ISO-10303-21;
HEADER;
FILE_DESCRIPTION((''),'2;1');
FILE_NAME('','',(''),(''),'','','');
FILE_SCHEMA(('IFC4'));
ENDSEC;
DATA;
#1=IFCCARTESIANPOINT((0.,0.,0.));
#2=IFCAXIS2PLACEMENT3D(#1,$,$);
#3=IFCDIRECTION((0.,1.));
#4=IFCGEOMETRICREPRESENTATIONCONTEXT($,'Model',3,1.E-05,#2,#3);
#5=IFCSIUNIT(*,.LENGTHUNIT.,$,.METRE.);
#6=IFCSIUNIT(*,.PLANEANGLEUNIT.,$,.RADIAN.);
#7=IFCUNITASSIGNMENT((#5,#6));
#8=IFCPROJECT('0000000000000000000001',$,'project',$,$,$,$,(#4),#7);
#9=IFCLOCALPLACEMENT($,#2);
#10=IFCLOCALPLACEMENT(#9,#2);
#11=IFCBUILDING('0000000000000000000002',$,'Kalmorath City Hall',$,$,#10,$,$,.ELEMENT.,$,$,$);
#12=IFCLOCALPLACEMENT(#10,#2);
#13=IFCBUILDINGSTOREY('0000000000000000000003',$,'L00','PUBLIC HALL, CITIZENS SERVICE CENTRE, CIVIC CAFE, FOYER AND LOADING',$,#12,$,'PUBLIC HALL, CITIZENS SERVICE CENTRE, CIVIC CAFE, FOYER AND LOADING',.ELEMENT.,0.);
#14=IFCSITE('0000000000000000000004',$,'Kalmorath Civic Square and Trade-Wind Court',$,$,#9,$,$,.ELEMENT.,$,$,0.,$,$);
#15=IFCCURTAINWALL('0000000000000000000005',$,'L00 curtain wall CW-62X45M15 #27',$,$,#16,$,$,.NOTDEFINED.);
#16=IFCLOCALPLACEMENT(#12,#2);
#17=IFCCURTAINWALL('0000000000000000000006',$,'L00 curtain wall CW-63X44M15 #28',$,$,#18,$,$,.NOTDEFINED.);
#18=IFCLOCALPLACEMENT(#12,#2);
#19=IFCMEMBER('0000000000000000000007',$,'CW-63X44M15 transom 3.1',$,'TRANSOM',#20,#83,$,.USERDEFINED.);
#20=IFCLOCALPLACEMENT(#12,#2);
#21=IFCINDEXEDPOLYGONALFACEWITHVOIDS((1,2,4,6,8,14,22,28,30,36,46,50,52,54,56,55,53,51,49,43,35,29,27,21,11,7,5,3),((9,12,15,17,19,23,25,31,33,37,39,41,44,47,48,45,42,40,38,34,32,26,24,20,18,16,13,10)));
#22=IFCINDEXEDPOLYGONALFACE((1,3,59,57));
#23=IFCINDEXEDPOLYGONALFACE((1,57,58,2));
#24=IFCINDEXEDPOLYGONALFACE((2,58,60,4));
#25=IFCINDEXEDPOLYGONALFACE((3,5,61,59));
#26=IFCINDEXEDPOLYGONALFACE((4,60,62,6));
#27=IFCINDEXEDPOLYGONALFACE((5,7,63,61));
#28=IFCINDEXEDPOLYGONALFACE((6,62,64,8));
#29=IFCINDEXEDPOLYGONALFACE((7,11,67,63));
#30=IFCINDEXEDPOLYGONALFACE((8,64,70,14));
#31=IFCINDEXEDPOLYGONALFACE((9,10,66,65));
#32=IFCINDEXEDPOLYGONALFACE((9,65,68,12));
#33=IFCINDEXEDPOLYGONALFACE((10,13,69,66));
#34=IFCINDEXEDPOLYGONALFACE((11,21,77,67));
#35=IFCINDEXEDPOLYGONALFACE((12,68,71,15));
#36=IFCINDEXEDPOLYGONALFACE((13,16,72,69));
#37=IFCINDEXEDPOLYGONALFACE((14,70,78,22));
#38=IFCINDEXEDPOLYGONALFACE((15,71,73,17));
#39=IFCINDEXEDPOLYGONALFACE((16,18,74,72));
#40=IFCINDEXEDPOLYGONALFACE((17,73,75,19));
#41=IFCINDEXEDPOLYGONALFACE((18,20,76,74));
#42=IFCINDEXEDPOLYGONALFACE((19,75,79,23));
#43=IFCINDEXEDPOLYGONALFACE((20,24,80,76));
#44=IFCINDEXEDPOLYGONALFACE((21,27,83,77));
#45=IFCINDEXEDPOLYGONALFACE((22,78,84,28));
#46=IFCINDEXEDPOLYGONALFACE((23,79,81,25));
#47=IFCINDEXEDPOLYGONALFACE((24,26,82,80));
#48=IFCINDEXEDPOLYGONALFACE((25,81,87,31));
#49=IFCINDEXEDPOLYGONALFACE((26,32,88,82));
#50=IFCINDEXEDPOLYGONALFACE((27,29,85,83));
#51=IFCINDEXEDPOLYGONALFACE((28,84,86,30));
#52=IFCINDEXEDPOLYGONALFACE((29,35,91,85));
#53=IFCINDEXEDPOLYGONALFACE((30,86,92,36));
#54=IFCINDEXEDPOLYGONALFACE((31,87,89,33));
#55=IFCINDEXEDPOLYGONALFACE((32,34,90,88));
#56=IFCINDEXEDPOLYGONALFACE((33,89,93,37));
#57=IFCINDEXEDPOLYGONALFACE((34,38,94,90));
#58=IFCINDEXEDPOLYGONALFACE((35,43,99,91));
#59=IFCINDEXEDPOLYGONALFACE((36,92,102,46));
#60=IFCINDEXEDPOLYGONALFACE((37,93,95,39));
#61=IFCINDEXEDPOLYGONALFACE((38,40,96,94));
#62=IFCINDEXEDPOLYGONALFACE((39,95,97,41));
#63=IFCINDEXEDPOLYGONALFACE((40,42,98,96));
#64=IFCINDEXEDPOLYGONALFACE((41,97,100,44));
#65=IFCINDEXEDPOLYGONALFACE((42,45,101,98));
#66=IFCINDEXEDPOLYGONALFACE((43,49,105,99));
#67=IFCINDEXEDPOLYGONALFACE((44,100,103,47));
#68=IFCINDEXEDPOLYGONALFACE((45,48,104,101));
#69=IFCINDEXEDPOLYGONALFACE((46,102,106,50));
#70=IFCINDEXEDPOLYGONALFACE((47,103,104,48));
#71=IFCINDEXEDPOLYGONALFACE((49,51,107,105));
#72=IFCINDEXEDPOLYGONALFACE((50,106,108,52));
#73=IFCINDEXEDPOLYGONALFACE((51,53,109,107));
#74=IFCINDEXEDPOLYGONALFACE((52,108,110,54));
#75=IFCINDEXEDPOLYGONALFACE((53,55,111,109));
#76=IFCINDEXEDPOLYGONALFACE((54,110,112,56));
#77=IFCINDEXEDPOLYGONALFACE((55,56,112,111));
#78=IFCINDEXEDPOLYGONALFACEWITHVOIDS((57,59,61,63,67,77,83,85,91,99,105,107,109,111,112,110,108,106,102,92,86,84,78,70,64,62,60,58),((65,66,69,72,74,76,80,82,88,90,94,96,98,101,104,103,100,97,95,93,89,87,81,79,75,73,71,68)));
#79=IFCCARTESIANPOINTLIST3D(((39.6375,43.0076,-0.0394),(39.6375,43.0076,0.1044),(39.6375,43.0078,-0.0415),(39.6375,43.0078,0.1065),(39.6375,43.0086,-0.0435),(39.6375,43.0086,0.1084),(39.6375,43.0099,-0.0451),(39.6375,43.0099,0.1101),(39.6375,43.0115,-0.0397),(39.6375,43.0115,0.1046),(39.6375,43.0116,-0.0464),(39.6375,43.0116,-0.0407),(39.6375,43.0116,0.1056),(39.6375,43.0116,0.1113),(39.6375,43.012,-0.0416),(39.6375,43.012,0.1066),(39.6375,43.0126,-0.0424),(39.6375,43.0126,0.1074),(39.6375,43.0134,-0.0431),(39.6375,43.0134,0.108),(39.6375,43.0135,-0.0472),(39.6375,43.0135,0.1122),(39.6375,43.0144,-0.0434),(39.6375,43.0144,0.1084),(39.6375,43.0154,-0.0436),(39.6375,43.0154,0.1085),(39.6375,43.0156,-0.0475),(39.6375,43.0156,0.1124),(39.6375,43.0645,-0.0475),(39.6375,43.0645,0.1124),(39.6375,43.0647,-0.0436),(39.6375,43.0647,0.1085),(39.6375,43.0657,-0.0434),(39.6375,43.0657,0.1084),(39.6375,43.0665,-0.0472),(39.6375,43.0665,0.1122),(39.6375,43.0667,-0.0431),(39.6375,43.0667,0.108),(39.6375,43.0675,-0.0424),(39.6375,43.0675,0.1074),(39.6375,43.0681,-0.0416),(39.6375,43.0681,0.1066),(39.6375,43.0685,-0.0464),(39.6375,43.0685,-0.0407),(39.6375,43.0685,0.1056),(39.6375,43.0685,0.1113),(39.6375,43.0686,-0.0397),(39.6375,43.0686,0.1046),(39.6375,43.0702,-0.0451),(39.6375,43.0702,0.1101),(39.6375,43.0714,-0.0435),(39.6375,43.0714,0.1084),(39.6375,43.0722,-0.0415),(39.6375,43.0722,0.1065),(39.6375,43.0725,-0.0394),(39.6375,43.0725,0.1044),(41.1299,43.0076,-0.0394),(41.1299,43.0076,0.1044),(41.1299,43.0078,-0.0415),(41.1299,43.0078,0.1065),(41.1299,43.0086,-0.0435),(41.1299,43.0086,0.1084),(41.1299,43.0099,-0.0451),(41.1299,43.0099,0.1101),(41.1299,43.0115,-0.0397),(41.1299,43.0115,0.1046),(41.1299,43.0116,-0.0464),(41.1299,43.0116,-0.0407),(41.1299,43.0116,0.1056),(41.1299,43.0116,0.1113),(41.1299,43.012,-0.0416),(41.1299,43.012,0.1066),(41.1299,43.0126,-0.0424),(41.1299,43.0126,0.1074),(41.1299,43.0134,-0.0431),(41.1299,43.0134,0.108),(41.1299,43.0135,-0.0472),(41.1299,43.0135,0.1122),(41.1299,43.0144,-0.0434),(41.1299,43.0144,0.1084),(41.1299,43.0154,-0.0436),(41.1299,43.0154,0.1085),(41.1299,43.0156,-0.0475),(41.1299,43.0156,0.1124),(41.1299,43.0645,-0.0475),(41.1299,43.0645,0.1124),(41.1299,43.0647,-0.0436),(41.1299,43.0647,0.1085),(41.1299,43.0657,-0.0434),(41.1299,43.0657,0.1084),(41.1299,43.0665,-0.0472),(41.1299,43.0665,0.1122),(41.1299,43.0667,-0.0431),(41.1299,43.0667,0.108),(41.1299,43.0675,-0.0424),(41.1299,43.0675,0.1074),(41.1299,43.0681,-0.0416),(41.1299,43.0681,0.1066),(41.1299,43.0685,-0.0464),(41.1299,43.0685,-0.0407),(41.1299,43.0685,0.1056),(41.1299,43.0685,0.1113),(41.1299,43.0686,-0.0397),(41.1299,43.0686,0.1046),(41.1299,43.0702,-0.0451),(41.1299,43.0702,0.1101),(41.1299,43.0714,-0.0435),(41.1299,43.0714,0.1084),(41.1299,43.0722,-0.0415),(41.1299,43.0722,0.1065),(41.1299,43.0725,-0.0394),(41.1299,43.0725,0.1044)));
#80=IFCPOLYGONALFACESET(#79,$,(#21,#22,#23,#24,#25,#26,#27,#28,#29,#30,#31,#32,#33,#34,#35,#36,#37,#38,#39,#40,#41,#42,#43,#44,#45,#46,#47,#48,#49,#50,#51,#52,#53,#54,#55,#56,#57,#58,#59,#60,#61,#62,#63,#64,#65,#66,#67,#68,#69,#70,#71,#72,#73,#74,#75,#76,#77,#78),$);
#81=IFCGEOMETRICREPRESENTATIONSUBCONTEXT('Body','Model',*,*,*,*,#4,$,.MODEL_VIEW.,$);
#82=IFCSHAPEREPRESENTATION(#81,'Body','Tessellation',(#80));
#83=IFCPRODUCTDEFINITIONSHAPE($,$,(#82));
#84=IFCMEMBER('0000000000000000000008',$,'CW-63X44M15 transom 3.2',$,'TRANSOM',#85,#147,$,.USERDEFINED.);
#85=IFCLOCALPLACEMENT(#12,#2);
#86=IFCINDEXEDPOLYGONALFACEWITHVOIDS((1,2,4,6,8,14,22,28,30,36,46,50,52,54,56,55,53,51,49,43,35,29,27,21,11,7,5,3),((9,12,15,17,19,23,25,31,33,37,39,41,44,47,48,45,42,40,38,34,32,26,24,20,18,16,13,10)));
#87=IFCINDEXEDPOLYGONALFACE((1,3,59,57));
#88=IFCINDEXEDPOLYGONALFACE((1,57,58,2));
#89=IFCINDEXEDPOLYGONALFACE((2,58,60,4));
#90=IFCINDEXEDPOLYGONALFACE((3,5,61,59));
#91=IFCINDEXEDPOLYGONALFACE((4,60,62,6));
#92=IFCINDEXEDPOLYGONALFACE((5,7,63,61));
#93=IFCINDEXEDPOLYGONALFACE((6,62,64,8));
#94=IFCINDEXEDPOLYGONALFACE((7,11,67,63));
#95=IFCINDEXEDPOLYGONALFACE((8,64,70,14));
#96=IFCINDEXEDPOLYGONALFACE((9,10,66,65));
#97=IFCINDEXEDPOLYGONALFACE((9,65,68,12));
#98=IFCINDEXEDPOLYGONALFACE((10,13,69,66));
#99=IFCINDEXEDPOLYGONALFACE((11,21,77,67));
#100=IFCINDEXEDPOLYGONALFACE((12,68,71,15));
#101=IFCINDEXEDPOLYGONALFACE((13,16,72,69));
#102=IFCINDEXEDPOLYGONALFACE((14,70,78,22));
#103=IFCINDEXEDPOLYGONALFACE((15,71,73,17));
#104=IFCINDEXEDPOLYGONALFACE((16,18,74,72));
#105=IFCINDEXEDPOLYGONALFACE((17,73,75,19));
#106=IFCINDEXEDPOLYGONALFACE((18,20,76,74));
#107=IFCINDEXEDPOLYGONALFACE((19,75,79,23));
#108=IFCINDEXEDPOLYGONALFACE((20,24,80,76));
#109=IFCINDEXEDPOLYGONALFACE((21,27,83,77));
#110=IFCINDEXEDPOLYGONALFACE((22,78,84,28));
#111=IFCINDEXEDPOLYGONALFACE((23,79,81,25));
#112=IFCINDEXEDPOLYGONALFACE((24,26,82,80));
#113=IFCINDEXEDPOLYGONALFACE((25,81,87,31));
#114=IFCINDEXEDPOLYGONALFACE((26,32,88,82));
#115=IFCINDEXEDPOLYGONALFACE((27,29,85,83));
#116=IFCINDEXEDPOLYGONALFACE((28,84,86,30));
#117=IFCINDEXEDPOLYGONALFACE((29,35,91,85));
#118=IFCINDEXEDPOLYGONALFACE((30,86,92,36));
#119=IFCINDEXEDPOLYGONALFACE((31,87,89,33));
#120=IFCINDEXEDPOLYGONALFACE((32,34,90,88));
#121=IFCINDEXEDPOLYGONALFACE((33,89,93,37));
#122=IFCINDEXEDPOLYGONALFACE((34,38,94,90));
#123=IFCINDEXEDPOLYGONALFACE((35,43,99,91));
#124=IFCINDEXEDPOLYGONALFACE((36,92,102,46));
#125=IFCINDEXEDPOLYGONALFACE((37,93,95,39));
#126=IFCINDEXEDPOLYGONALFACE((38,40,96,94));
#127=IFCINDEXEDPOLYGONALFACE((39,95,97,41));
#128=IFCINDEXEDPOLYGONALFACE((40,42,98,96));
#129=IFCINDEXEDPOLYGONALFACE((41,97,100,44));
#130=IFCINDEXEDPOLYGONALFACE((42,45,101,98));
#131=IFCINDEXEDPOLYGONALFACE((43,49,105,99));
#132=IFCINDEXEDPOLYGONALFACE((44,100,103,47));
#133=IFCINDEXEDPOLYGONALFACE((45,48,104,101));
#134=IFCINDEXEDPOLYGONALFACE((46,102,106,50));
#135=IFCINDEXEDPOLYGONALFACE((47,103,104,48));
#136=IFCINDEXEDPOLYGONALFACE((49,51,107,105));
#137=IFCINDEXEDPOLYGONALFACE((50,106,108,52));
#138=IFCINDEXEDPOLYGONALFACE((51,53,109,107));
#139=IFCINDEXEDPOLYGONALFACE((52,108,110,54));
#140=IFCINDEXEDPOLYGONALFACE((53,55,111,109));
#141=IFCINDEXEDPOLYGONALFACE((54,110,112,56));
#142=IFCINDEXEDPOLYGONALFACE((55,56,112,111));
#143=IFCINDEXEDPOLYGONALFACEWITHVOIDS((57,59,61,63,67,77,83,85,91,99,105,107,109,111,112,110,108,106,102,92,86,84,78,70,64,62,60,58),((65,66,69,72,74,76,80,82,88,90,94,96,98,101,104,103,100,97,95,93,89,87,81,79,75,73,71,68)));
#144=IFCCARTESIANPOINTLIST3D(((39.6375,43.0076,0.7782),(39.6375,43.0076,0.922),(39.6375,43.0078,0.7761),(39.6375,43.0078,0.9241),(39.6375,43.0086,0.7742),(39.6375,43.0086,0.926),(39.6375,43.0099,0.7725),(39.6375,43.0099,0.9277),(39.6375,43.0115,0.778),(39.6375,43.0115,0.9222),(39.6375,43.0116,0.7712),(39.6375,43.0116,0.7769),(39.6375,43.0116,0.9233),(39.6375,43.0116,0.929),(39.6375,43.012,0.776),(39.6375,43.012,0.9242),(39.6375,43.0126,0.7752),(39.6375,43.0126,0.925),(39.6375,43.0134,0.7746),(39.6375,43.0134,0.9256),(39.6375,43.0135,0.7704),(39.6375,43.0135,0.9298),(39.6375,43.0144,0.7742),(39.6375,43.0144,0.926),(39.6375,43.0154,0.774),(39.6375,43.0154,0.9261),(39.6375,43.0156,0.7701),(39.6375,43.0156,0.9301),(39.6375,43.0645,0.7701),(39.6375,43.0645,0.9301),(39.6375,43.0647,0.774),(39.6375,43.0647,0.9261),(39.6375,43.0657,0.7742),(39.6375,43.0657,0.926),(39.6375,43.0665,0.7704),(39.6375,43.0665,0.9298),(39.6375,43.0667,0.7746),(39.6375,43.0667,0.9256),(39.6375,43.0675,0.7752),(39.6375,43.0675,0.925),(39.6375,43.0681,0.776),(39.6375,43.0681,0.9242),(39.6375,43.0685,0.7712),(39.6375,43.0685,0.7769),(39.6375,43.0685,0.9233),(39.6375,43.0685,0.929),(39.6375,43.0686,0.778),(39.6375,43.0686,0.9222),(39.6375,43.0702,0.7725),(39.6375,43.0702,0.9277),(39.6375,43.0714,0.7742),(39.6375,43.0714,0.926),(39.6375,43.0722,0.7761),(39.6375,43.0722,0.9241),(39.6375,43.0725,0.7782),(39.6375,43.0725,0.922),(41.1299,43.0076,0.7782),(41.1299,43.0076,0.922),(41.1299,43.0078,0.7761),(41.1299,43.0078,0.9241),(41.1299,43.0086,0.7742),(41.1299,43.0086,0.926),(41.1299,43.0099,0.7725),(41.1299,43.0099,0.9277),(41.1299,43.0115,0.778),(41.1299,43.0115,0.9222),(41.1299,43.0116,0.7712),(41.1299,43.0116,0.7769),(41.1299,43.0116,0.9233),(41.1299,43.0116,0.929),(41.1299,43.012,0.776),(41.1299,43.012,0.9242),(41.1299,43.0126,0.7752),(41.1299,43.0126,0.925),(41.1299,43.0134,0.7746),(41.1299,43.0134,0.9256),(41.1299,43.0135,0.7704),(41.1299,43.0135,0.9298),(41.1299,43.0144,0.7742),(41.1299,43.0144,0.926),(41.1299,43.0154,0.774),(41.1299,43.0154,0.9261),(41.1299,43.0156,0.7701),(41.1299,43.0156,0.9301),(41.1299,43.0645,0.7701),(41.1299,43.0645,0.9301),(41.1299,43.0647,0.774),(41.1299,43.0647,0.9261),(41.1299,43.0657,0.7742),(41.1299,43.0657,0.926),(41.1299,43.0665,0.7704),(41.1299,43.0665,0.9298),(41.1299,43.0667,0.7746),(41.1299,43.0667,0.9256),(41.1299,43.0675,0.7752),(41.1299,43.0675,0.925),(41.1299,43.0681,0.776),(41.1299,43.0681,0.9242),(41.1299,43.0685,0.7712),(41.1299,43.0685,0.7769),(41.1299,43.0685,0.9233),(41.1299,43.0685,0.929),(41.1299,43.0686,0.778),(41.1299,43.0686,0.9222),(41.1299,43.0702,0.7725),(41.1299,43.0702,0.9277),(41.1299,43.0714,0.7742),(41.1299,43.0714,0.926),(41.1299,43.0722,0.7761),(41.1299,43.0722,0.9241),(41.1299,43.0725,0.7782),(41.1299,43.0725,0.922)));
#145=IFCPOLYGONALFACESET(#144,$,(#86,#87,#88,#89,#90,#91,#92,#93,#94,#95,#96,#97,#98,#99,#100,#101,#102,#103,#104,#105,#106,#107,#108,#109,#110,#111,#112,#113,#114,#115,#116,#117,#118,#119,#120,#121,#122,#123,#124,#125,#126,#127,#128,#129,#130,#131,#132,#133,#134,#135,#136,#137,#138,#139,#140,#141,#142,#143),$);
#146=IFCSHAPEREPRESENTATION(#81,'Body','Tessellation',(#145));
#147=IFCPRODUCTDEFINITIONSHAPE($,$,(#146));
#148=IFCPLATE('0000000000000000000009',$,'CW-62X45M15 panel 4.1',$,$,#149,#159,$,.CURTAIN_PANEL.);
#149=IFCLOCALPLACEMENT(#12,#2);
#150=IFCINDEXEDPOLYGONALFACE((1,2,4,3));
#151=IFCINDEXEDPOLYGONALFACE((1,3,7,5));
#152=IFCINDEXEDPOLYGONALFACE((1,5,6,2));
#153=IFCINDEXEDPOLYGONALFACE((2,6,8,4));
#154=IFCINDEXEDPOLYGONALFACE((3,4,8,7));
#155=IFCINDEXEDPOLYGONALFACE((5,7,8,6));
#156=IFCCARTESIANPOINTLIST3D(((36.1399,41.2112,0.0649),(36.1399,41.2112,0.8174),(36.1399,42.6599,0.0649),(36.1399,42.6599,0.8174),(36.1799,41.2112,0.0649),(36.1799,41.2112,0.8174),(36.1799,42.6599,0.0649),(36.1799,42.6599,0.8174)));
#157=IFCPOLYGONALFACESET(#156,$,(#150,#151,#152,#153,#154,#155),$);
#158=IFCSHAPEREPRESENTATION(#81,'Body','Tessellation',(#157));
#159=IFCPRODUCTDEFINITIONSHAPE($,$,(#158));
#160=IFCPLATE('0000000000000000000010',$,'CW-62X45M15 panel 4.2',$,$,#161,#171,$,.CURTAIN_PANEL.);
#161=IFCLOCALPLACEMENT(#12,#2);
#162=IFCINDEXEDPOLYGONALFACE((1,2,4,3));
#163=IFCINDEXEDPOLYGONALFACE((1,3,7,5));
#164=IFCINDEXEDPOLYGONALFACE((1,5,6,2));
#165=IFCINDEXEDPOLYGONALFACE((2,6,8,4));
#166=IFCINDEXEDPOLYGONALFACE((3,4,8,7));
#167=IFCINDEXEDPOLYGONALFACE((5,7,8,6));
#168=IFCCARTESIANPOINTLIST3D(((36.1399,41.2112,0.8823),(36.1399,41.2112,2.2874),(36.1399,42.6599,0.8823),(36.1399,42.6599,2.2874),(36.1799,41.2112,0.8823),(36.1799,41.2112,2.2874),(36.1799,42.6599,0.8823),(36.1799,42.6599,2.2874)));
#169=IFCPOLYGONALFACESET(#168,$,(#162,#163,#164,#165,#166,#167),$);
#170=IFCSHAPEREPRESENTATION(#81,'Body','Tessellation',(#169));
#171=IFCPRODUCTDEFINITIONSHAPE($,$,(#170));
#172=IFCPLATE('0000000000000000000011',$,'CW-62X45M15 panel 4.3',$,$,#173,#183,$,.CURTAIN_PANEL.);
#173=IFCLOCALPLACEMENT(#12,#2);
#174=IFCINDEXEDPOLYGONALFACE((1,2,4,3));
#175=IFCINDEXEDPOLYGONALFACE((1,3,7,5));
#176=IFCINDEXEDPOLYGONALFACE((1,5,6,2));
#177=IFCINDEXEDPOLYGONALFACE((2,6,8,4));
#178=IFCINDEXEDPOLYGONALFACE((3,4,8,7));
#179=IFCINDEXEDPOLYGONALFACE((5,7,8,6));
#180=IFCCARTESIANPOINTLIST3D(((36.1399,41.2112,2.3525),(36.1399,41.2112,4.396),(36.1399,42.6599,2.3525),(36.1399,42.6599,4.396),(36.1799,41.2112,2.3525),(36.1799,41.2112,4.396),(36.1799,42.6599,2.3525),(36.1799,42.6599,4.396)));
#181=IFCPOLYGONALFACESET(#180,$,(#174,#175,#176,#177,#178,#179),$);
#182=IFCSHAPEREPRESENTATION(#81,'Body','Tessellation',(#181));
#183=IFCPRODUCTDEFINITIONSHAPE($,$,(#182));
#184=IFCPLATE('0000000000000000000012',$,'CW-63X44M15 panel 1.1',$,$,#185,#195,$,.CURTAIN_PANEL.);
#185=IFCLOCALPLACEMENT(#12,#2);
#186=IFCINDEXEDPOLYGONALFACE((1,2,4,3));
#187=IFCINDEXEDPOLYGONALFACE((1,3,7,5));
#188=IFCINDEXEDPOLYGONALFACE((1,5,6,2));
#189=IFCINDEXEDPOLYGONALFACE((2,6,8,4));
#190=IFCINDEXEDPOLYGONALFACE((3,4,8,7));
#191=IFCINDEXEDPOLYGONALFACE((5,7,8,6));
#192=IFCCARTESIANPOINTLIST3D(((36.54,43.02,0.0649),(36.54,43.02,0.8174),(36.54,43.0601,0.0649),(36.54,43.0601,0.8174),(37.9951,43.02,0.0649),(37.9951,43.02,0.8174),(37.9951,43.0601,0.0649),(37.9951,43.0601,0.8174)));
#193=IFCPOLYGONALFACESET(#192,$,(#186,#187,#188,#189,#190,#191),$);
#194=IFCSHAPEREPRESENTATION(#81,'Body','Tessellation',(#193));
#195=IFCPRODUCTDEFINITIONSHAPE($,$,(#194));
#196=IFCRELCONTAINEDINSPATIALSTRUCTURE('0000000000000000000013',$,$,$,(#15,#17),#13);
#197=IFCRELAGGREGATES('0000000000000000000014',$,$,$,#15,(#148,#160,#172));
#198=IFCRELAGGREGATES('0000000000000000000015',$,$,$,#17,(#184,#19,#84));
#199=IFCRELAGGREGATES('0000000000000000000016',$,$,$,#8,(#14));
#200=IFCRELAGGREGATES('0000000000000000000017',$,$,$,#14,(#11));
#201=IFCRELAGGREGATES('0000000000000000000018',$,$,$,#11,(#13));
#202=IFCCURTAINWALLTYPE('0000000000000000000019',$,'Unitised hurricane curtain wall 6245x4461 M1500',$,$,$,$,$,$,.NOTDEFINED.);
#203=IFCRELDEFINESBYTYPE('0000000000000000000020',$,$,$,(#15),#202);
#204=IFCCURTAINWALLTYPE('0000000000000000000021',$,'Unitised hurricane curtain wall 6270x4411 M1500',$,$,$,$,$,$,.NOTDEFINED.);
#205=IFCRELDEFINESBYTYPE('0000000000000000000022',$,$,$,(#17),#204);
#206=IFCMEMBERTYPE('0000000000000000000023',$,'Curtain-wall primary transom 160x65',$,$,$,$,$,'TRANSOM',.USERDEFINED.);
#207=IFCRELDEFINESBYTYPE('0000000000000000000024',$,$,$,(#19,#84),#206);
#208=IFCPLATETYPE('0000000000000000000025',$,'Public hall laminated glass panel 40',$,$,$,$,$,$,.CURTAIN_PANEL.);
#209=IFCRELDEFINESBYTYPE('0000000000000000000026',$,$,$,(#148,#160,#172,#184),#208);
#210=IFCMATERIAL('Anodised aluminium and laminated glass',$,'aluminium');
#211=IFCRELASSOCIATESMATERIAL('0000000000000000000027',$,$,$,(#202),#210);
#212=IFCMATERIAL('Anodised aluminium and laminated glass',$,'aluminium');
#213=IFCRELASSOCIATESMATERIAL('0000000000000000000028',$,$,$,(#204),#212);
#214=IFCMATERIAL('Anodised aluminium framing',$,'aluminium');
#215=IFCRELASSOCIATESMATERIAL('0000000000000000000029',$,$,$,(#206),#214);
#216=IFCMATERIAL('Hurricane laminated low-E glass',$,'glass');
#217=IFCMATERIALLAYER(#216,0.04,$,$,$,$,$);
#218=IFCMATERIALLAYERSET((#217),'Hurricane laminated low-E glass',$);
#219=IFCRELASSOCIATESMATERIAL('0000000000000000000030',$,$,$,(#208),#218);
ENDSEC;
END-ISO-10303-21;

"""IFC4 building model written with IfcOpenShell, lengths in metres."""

from ifc_helpers import new_model, si_unit, direction, frame, origin, origin_2d, place, context, subcontext, project, spatial, rectangle, hollow_rectangle, extrude, material, layer, layer_set, material_profile, profile_set, type_object, element, aggregate, save


model = new_model("IFC4")

# Units and contexts
model_context = context("Model", 3, precision=1e-05, world=origin(), true_north=direction((0.0, 1.0)))
body_context = subcontext(model_context, "Body", "Model", "MODEL_VIEW")
ifc_project = project(units=[si_unit("LENGTHUNIT", "METRE"), si_unit("PLANEANGLEUNIT", "RADIAN")], contexts=[model_context])

# Site, building, storey
site_placement = place(None, origin())
site = spatial("IfcSite", under=ifc_project, at=site_placement, Name="Kalmorath Civic Square and Trade-Wind Court", CompositionType="ELEMENT", RefElevation=0.0)
building_placement = place(site_placement, origin())
building = spatial("IfcBuilding", under=site, at=building_placement, Name="Kalmorath City Hall", CompositionType="ELEMENT")
storey_placement = place(building_placement, origin())
storey = spatial("IfcBuildingStorey", under=building, at=storey_placement, Name="L00", Description="PUBLIC HALL, CITIZENS SERVICE CENTRE, CIVIC CAFE, FOYER AND LOADING", LongName="PUBLIC HALL, CITIZENS SERVICE CENTRE, CIVIC CAFE, FOYER AND LOADING", CompositionType="ELEMENT", Elevation=0.0)

# Curtain wall
ifc_material_1 = material(Name="Anodised aluminium and laminated glass", Category="aluminium")
curtain_wall_type_1 = type_object("IfcCurtainWallType", Name="Unitised hurricane curtain wall 6245x4461 M1500", PredefinedType="NOTDEFINED", material=ifc_material_1)
curtain_wall_1_placement = place(storey_placement, origin())
curtain_wall_1 = element("IfcCurtainWall", 1, at=curtain_wall_1_placement, inside=storey, type_object=curtain_wall_type_1, Name="L00 curtain wall CW-62X45M15 #27", PredefinedType="NOTDEFINED")

# Curtain wall
ifc_material_2 = material(Name="Anodised aluminium and laminated glass", Category="aluminium")
curtain_wall_type_2 = type_object("IfcCurtainWallType", Name="Unitised hurricane curtain wall 6270x4411 M1500", PredefinedType="NOTDEFINED", material=ifc_material_2)
curtain_wall_2_placement = place(storey_placement, origin())
curtain_wall_2 = element("IfcCurtainWall", 2, at=curtain_wall_2_placement, inside=storey, type_object=curtain_wall_type_2, Name="L00 curtain wall CW-63X44M15 #28", PredefinedType="NOTDEFINED")

# Members
ifc_material_3 = material(Name="Anodised aluminium framing", Category="aluminium")
ifc_material_profile_1 = material_profile(ifc_material_3, hollow_rectangle(XDim=0.0649, YDim=0.1599, WallThickness=0.0039, InnerFilletRadius=0.0039, OuterFilletRadius=0.0081, at=origin_2d()), Name="ALU-TRN-160X65X4")
ifc_profile_set_1 = profile_set([ifc_material_profile_1], Name="Anodised aluminium framing")
member_type_1 = type_object("IfcMemberType", Name="Curtain-wall primary transom 160x65", ElementType="TRANSOM", PredefinedType="USERDEFINED", material=ifc_profile_set_1)
member_1_placement = place(storey_placement, frame((39.6375, 43.04, 0.0325), z_axis=(1.0, 0.0, 0.0), x_axis=(0.0, 1.0, 0.0)))
member_1 = element("IfcMember", 3, at=member_1_placement, type_object=member_type_1, Name="CW-63X44M15 transom 3.1", ObjectType="TRANSOM", PredefinedType="USERDEFINED", context=body_context, shape_type="SweptSolid", body=[
    extrude(hollow_rectangle(XDim=0.0649, YDim=0.1599, WallThickness=0.0039, InnerFilletRadius=0.0039, OuterFilletRadius=0.0081, at=origin_2d()), origin(), (0.0, 0.0, 1.0), 1.4924),
])
member_2_placement = place(storey_placement, frame((39.6375, 43.04, 0.8501), z_axis=(1.0, 0.0, 0.0), x_axis=(0.0, 1.0, 0.0)))
member_2 = element("IfcMember", 4, at=member_2_placement, type_object=member_type_1, Name="CW-63X44M15 transom 3.2", ObjectType="TRANSOM", PredefinedType="USERDEFINED", context=body_context, shape_type="SweptSolid", body=[
    extrude(hollow_rectangle(XDim=0.0649, YDim=0.1599, WallThickness=0.0039, InnerFilletRadius=0.0039, OuterFilletRadius=0.0081, at=origin_2d()), origin(), (0.0, 0.0, 1.0), 1.4924),
])

# Plates
ifc_material_4 = material(Name="Hurricane laminated low-E glass", Category="glass")
ifc_layer = layer(ifc_material_4, 0.04)
ifc_layer_set = layer_set([ifc_layer], Name="Hurricane laminated low-E glass")
plate_type = type_object("IfcPlateType", Name="Public hall laminated glass panel 40", PredefinedType="CURTAIN_PANEL", material=ifc_layer_set)
plate_1_placement = place(storey_placement, frame((36.1599, 41.9355, 0.0649), z_axis=(0.0, 0.0, 1.0), x_axis=(0.0, 1.0, 0.0)))
plate_1 = element("IfcPlate", 5, at=plate_1_placement, type_object=plate_type, Name="CW-62X45M15 panel 4.1", PredefinedType="CURTAIN_PANEL", context=body_context, shape_type="SweptSolid", body=[
    extrude(rectangle(XDim=1.4487, YDim=0.04, at=origin_2d()), origin(), (0.0, 0.0, 1.0), 0.7524),
])
plate_2_placement = place(storey_placement, frame((36.1599, 41.9355, 0.8823), z_axis=(0.0, 0.0, 1.0), x_axis=(0.0, 1.0, 0.0)))
plate_2 = element("IfcPlate", 6, at=plate_2_placement, type_object=plate_type, Name="CW-62X45M15 panel 4.2", PredefinedType="CURTAIN_PANEL", context=body_context, shape_type="SweptSolid", body=[
    extrude(rectangle(XDim=1.4487, YDim=0.04, at=origin_2d()), origin(), (0.0, 0.0, 1.0), 1.405),
])
plate_3_placement = place(storey_placement, frame((36.1599, 41.9355, 2.3525), z_axis=(0.0, 0.0, 1.0), x_axis=(0.0, 1.0, 0.0)))
plate_3 = element("IfcPlate", 7, at=plate_3_placement, type_object=plate_type, Name="CW-62X45M15 panel 4.3", PredefinedType="CURTAIN_PANEL", context=body_context, shape_type="SweptSolid", body=[
    extrude(rectangle(XDim=1.4487, YDim=0.04, at=origin_2d()), origin(), (0.0, 0.0, 1.0), 2.0435),
])
aggregate(curtain_wall_1, [plate_1, plate_2, plate_3])
plate_4_placement = place(storey_placement, frame((37.2676, 43.04, 0.0649), z_axis=(0.0, 0.0, 1.0), x_axis=(1.0, 0.0, 0.0)))
plate_4 = element("IfcPlate", 8, at=plate_4_placement, type_object=plate_type, Name="CW-63X44M15 panel 1.1", PredefinedType="CURTAIN_PANEL", context=body_context, shape_type="SweptSolid", body=[
    extrude(rectangle(XDim=1.4551, YDim=0.04, at=origin_2d()), origin(), (0.0, 0.0, 1.0), 0.7524),
])
aggregate(curtain_wall_2, [plate_4, member_1, member_2])

save(model, "model.ifc")
